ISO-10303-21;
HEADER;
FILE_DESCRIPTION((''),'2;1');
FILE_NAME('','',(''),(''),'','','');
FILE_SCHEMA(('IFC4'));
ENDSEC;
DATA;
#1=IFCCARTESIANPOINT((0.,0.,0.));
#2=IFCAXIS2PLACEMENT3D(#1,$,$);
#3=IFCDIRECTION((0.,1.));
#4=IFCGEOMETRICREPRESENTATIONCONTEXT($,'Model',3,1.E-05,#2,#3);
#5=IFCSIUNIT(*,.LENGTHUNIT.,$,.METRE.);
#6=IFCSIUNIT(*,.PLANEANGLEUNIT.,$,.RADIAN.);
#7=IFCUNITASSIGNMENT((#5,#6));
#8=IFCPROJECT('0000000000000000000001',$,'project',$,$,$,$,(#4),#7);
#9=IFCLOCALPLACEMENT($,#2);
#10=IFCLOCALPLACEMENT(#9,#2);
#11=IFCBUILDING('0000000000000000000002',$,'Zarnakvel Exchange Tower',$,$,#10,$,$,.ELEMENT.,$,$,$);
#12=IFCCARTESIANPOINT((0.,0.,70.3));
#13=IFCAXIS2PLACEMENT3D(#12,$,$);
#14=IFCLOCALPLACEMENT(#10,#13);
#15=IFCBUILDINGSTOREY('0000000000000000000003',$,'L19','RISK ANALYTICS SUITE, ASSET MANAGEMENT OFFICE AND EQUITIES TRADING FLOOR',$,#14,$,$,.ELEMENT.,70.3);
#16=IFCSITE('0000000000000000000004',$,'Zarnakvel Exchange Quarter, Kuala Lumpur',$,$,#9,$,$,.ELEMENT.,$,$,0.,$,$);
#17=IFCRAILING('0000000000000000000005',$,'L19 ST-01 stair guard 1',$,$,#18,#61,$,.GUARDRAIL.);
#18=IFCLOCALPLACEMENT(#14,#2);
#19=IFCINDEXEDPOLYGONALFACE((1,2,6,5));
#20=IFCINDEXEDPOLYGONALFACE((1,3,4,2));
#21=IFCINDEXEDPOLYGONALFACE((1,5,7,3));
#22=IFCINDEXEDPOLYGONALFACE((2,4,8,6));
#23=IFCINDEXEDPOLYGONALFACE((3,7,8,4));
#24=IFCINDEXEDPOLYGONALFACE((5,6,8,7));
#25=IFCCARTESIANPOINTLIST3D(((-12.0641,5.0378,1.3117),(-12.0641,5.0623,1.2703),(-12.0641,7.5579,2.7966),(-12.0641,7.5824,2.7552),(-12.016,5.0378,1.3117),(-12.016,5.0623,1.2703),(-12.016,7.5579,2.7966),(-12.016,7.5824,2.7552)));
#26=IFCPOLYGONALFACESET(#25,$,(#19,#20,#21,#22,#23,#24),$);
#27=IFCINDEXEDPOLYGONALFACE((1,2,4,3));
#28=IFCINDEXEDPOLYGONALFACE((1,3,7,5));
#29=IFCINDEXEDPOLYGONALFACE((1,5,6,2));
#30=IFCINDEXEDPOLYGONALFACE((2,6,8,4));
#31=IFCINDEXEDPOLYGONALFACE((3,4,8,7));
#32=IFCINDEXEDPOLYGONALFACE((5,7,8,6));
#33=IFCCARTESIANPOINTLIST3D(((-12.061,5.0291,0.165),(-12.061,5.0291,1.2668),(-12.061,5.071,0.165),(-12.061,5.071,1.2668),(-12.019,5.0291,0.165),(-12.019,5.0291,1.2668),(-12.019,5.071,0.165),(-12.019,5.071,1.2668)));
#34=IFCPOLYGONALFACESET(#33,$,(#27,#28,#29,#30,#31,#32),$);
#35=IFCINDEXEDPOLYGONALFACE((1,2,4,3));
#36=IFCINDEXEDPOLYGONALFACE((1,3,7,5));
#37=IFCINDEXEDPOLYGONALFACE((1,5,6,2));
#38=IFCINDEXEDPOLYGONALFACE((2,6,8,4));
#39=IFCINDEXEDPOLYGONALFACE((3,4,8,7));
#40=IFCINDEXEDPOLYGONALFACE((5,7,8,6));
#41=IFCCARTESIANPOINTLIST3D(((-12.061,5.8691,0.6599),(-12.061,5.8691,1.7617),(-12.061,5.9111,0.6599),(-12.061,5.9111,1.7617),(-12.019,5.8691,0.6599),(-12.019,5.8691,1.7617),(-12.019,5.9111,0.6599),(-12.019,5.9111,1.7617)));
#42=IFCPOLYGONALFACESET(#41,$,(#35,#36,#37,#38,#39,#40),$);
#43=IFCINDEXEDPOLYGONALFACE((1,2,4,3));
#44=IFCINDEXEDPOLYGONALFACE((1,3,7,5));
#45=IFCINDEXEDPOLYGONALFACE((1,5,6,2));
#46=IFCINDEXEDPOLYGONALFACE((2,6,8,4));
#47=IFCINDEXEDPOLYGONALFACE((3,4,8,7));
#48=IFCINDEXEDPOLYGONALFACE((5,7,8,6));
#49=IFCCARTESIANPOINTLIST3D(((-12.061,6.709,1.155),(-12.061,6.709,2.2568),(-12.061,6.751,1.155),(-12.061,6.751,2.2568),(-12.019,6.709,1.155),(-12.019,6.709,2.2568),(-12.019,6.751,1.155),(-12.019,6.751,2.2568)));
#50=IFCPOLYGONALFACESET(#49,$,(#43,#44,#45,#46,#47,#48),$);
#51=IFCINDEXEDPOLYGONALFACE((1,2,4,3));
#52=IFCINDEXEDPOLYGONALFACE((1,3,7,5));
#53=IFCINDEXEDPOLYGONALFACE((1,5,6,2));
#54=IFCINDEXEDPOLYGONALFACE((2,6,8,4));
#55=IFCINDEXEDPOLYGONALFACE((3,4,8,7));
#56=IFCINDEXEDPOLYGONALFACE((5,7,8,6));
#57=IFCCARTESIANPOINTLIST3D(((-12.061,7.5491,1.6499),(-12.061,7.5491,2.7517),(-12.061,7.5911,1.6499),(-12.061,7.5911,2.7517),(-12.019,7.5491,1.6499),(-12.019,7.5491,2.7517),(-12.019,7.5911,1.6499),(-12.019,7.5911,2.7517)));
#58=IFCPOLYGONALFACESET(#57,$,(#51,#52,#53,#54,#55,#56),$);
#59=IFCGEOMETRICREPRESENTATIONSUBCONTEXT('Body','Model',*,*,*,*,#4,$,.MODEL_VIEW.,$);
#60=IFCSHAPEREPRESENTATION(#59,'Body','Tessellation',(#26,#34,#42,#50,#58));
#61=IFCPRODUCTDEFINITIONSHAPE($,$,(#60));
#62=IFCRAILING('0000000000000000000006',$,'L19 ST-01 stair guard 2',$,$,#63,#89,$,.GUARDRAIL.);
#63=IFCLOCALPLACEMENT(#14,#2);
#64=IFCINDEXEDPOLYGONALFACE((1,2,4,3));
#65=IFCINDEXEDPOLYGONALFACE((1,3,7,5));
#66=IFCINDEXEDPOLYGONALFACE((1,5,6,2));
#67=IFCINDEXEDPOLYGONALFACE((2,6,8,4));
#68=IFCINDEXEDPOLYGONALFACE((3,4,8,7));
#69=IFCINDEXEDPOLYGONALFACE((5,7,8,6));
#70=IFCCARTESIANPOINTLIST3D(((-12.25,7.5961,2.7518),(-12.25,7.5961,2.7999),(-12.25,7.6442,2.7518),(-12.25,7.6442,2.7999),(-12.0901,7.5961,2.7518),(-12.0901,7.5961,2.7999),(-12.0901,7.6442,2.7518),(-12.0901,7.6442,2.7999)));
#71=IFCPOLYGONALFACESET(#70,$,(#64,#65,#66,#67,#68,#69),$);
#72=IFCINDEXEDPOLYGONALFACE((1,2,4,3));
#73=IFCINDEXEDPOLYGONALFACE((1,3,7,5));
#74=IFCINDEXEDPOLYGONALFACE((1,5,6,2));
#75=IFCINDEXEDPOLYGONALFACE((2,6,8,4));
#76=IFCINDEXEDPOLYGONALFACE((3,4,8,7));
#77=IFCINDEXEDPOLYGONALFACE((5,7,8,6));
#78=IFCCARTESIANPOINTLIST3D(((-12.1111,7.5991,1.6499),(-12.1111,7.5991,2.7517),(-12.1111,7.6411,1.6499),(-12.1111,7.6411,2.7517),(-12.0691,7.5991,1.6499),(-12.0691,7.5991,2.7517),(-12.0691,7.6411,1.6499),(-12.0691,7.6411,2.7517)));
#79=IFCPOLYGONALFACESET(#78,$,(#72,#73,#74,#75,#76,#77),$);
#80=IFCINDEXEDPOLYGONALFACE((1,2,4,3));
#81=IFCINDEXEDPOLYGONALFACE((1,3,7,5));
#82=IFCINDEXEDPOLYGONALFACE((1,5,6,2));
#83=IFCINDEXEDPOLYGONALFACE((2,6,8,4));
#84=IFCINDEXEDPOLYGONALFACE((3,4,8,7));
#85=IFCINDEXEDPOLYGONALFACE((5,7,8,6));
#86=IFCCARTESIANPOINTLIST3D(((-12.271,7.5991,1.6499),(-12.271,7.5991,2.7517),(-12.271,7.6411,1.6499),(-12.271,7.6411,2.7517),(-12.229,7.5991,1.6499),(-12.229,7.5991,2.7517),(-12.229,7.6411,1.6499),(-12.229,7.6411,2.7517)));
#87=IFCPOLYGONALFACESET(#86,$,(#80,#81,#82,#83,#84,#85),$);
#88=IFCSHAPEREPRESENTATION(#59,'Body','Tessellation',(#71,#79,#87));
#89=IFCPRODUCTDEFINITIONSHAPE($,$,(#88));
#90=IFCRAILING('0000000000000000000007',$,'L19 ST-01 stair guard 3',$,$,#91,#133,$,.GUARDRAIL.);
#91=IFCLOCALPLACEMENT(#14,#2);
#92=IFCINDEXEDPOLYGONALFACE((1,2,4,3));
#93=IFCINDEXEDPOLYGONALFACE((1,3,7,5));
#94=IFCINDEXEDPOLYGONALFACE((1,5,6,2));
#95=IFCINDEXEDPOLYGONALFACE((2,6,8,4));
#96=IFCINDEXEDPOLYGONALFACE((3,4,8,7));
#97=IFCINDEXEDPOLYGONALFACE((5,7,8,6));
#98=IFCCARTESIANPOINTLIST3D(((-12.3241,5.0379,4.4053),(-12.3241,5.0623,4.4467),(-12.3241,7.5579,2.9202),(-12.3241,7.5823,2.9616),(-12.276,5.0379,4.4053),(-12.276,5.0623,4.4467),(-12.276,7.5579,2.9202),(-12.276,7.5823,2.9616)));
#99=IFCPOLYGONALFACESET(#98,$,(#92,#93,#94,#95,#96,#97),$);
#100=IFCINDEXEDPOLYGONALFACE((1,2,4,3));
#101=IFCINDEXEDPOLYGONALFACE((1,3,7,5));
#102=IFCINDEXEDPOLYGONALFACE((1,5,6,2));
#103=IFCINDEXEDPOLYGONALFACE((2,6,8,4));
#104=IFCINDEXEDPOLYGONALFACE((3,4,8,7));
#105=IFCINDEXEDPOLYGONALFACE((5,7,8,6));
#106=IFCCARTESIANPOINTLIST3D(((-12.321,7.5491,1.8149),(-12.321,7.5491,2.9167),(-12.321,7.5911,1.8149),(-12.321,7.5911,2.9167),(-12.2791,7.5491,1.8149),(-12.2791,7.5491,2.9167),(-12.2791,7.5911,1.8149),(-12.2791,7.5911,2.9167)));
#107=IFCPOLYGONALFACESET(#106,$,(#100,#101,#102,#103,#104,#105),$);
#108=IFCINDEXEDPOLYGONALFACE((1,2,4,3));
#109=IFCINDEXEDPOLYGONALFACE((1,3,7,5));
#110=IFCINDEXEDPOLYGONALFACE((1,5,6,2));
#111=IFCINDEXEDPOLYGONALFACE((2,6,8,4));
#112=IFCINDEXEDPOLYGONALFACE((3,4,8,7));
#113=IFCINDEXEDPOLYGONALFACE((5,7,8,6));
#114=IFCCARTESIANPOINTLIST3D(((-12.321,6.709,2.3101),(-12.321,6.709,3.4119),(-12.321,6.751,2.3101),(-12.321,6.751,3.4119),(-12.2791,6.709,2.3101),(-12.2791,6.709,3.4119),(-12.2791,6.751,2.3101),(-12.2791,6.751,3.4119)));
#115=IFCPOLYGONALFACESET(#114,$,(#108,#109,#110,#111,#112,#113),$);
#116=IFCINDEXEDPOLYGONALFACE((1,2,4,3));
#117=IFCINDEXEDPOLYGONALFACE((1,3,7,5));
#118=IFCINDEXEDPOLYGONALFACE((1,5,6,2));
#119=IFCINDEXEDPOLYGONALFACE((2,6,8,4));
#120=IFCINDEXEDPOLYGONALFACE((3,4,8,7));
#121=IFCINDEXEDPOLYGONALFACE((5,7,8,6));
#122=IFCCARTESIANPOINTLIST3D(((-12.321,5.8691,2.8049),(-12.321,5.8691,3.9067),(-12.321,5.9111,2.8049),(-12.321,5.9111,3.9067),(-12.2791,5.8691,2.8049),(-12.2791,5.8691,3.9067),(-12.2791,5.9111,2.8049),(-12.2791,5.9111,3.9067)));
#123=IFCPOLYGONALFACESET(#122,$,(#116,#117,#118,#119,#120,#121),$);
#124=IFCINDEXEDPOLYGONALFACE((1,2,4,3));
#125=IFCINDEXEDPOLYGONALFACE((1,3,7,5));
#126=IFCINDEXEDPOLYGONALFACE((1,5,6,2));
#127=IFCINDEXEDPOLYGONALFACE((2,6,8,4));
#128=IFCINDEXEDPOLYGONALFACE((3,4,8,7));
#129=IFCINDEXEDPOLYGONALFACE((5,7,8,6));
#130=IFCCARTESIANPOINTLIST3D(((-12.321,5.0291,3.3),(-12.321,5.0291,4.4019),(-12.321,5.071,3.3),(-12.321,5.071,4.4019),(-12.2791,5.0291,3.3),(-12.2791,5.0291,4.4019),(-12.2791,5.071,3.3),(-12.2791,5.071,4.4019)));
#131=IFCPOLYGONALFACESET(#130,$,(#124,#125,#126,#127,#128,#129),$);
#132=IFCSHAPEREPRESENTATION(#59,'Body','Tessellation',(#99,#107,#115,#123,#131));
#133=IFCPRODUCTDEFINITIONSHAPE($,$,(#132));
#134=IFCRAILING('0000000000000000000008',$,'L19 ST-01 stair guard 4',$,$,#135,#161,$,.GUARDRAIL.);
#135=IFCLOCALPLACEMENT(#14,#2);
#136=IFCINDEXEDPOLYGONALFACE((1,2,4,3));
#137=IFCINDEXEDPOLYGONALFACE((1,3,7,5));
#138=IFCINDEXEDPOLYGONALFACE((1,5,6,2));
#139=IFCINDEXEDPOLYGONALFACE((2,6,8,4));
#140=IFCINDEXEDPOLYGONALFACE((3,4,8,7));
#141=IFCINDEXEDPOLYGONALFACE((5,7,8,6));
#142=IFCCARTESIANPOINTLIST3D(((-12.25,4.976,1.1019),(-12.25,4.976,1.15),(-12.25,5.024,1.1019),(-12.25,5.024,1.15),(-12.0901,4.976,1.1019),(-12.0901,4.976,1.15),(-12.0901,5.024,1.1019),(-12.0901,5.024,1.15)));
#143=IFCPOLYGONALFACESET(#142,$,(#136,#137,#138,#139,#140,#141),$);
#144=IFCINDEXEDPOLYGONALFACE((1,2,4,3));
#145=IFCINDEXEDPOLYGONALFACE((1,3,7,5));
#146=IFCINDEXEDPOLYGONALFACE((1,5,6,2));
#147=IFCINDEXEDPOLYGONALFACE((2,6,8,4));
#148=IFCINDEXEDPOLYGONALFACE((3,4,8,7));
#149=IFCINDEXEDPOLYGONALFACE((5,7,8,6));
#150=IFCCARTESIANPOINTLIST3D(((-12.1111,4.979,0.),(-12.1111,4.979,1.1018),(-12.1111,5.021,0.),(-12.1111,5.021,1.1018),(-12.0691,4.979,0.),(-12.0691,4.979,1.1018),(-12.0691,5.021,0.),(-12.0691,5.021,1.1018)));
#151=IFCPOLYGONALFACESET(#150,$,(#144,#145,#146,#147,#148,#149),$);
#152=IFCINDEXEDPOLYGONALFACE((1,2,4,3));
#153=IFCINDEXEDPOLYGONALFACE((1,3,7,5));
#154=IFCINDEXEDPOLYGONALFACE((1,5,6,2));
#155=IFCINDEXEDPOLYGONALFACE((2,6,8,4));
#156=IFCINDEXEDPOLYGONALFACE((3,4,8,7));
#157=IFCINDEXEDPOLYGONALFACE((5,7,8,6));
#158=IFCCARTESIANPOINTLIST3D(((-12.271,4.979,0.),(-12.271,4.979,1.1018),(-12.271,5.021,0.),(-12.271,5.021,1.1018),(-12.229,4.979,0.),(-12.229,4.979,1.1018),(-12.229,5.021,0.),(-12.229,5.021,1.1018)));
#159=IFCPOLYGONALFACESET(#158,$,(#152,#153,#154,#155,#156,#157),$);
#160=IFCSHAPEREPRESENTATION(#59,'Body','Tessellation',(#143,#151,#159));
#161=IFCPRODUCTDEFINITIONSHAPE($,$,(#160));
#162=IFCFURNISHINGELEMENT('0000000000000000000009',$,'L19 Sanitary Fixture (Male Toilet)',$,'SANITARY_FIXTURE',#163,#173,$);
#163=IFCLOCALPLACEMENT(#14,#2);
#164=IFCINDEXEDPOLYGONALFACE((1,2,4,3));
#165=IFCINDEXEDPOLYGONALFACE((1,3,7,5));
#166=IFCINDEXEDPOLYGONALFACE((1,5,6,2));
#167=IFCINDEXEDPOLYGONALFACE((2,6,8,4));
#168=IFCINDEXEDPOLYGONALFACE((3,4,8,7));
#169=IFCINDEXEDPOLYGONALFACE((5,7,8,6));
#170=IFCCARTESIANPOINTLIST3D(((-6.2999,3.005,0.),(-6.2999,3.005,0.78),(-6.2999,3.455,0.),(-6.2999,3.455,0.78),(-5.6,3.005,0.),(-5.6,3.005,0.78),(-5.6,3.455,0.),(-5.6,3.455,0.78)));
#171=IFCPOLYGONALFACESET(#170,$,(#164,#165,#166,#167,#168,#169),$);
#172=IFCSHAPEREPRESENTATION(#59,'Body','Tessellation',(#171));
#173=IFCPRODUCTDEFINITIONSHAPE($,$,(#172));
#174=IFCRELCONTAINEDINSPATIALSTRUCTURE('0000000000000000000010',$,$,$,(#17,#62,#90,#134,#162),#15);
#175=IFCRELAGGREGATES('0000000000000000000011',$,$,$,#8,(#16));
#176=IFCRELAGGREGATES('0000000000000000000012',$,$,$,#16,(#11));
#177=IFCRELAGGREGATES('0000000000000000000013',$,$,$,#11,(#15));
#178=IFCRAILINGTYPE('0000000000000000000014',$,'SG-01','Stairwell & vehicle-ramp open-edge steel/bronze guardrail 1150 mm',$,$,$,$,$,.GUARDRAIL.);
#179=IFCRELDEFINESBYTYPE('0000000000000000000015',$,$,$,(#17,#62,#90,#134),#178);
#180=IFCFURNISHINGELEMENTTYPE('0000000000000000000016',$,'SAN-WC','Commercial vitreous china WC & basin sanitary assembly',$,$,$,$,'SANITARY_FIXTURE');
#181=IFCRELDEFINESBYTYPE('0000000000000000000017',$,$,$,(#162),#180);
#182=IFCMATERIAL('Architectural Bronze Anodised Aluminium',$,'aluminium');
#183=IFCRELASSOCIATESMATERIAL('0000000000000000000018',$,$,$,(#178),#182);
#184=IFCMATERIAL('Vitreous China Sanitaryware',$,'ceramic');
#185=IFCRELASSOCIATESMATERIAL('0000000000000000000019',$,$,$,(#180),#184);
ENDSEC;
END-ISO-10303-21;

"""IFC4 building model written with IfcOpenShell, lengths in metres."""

from ifc_helpers import new_model, si_unit, direction, frame, origin, origin_2d, place, context, subcontext, project, spatial, rectangle, extrude, source, transform, mapped, material, type_object, element, save


model = new_model("IFC4")

# Units and contexts
model_context = context("Model", 3, precision=1e-05, world=origin(), true_north=direction((0.0, 1.0)))
body_context = subcontext(model_context, "Body", "Model", "MODEL_VIEW")
ifc_project = project(units=[si_unit("LENGTHUNIT", "METRE"), si_unit("PLANEANGLEUNIT", "RADIAN")], contexts=[model_context])

# Site, building, storey
site_placement = place(None, origin())
site = spatial("IfcSite", under=ifc_project, at=site_placement, Name="Zarnakvel Exchange Quarter, Kuala Lumpur", CompositionType="ELEMENT", RefElevation=0.0)
building_placement = place(site_placement, origin())
building = spatial("IfcBuilding", under=site, at=building_placement, Name="Zarnakvel Exchange Tower", CompositionType="ELEMENT")
storey_placement = place(building_placement, frame((0.0, 0.0, 70.3)))
storey = spatial("IfcBuildingStorey", under=building, at=storey_placement, Name="L19", Description="RISK ANALYTICS SUITE, ASSET MANAGEMENT OFFICE AND EQUITIES TRADING FLOOR", CompositionType="ELEMENT", Elevation=70.3)

# Railings
ifc_material_1 = material(Name="Architectural Bronze Anodised Aluminium", Category="aluminium")
railing_type_1 = type_object("IfcRailingType", Name="SG-01", Description="Stairwell & vehicle-ramp open-edge steel/bronze guardrail 1150 mm", PredefinedType="GUARDRAIL", material=ifc_material_1)
railing_1_placement = place(storey_placement, frame((-12.04, 5.05, 0.165)))
element("IfcRailing", 1, at=railing_1_placement, inside=storey, type_object=railing_type_1, Name="L19 ST-01 stair guard 1", PredefinedType="GUARDRAIL", context=body_context, shape_type="SweptSolid", body=[
    extrude(rectangle(XDim=0.0481, YDim=0.0481, at=origin_2d()), frame((0.0, 0.0, 1.126), z_axis=(0.0, 0.861561, 0.507655), x_axis=(-1.0, 0.0, 0.0)), (0.0, 0.0, 1.0), 2.925),
    extrude(rectangle(XDim=0.042, YDim=0.042, at=origin_2d()), origin(), (0.0, 0.0, 1.0), 1.1018),
    extrude(rectangle(XDim=0.042, YDim=0.042, at=origin_2d()), frame((0.0, 0.8401, 0.4949)), (0.0, 0.0, 1.0), 1.1018),
    extrude(rectangle(XDim=0.042, YDim=0.042, at=origin_2d()), frame((0.0, 1.6799, 0.99)), (0.0, 0.0, 1.0), 1.1018),
    extrude(rectangle(XDim=0.042, YDim=0.042, at=origin_2d()), frame((0.0, 2.52, 1.4849)), (0.0, 0.0, 1.0), 1.1018),
])
railing_2_placement = place(storey_placement, frame((-12.0901, 7.6201, 1.6499)))
element("IfcRailing", 2, at=railing_2_placement, inside=storey, type_object=railing_type_1, Name="L19 ST-01 stair guard 2", PredefinedType="GUARDRAIL", context=body_context, shape_type="SweptSolid", body=[
    extrude(rectangle(XDim=0.0481, YDim=0.0481, at=origin_2d()), frame((0.0, 0.0, 1.126), z_axis=(-1.0, 0.0, 0.0), x_axis=(0.0, -1.0, 0.0)), (0.0, 0.0, 1.0), 0.1599),
    extrude(rectangle(XDim=0.042, YDim=0.042, at=origin_2d()), origin(), (0.0, 0.0, 1.0), 1.1018),
    extrude(rectangle(XDim=0.042, YDim=0.042, at=origin_2d()), frame((-0.1599, 0.0, 0.0)), (0.0, 0.0, 1.0), 1.1018),
])
railing_3_placement = place(storey_placement, frame((-12.3, 7.5701, 1.8149)))
element("IfcRailing", 3, at=railing_3_placement, inside=storey, type_object=railing_type_1, Name="L19 ST-01 stair guard 3", PredefinedType="GUARDRAIL", context=body_context, shape_type="SweptSolid", body=[
    extrude(rectangle(XDim=0.0481, YDim=0.0481, at=origin_2d()), frame((0.0, 0.0, 1.126), z_axis=(0.0, -0.861524, 0.507717), x_axis=(1.0, 0.0, 0.0)), (0.0, 0.0, 1.0), 2.925),
    extrude(rectangle(XDim=0.042, YDim=0.042, at=origin_2d()), origin(), (0.0, 0.0, 1.0), 1.1018),
    extrude(rectangle(XDim=0.042, YDim=0.042, at=origin_2d()), frame((0.0, -0.8401, 0.4951)), (0.0, 0.0, 1.0), 1.1018),
    extrude(rectangle(XDim=0.042, YDim=0.042, at=origin_2d()), frame((0.0, -1.6799, 0.99)), (0.0, 0.0, 1.0), 1.1018),
    extrude(rectangle(XDim=0.042, YDim=0.042, at=origin_2d()), frame((0.0, -2.52, 1.4851)), (0.0, 0.0, 1.0), 1.1018),
])
railing_4_placement = place(storey_placement, frame((-12.0901, 5.0, 0.0)))
element("IfcRailing", 4, at=railing_4_placement, inside=storey, type_object=railing_type_1, Name="L19 ST-01 stair guard 4", PredefinedType="GUARDRAIL", context=body_context, shape_type="SweptSolid", body=[
    extrude(rectangle(XDim=0.0481, YDim=0.0481, at=origin_2d()), frame((0.0, 0.0, 1.126), z_axis=(-1.0, 0.0, 0.0), x_axis=(0.0, -1.0, 0.0)), (0.0, 0.0, 1.0), 0.1599),
    extrude(rectangle(XDim=0.042, YDim=0.042, at=origin_2d()), origin(), (0.0, 0.0, 1.0), 1.1018),
    extrude(rectangle(XDim=0.042, YDim=0.042, at=origin_2d()), frame((-0.1599, 0.0, 0.0)), (0.0, 0.0, 1.0), 1.1018),
])

# Furnishing element
ifc_material_2 = material(Name="Vitreous China Sanitaryware", Category="ceramic")
furnishing_element_type = type_object("IfcFurnishingElementType", Name="SAN-WC", Description="Commercial vitreous china WC & basin sanitary assembly", ElementType="SANITARY_FIXTURE", material=ifc_material_2)
shared_shape_1 = source(origin(), body_context, "Body", "SweptSolid", [
    extrude(rectangle(XDim=0.7, YDim=0.45, at=origin_2d()), origin(), (0.0, 0.0, 1.0), 0.78),
])
furnishing_placement = place(storey_placement, frame((-5.95, 3.23, 0.0), z_axis=(0.0, 0.0, 1.0), x_axis=(1.0, 0.0, 0.0)))
element("IfcFurnishingElement", 5, at=furnishing_placement, inside=storey, type_object=furnishing_element_type, Name="L19 Sanitary Fixture (Male Toilet)", ObjectType="SANITARY_FIXTURE", context=body_context, shape_type="MappedRepresentation", body=[
    mapped(shared_shape_1, transform((0.0, 0.0, 0.0), x_axis=(1.0, 0.0, 0.0), y_axis=(0.0, 1.0, 0.0), z_axis=(0.0, 0.0, 1.0), scale=1.0)),
])

save(model, "model.ifc")
